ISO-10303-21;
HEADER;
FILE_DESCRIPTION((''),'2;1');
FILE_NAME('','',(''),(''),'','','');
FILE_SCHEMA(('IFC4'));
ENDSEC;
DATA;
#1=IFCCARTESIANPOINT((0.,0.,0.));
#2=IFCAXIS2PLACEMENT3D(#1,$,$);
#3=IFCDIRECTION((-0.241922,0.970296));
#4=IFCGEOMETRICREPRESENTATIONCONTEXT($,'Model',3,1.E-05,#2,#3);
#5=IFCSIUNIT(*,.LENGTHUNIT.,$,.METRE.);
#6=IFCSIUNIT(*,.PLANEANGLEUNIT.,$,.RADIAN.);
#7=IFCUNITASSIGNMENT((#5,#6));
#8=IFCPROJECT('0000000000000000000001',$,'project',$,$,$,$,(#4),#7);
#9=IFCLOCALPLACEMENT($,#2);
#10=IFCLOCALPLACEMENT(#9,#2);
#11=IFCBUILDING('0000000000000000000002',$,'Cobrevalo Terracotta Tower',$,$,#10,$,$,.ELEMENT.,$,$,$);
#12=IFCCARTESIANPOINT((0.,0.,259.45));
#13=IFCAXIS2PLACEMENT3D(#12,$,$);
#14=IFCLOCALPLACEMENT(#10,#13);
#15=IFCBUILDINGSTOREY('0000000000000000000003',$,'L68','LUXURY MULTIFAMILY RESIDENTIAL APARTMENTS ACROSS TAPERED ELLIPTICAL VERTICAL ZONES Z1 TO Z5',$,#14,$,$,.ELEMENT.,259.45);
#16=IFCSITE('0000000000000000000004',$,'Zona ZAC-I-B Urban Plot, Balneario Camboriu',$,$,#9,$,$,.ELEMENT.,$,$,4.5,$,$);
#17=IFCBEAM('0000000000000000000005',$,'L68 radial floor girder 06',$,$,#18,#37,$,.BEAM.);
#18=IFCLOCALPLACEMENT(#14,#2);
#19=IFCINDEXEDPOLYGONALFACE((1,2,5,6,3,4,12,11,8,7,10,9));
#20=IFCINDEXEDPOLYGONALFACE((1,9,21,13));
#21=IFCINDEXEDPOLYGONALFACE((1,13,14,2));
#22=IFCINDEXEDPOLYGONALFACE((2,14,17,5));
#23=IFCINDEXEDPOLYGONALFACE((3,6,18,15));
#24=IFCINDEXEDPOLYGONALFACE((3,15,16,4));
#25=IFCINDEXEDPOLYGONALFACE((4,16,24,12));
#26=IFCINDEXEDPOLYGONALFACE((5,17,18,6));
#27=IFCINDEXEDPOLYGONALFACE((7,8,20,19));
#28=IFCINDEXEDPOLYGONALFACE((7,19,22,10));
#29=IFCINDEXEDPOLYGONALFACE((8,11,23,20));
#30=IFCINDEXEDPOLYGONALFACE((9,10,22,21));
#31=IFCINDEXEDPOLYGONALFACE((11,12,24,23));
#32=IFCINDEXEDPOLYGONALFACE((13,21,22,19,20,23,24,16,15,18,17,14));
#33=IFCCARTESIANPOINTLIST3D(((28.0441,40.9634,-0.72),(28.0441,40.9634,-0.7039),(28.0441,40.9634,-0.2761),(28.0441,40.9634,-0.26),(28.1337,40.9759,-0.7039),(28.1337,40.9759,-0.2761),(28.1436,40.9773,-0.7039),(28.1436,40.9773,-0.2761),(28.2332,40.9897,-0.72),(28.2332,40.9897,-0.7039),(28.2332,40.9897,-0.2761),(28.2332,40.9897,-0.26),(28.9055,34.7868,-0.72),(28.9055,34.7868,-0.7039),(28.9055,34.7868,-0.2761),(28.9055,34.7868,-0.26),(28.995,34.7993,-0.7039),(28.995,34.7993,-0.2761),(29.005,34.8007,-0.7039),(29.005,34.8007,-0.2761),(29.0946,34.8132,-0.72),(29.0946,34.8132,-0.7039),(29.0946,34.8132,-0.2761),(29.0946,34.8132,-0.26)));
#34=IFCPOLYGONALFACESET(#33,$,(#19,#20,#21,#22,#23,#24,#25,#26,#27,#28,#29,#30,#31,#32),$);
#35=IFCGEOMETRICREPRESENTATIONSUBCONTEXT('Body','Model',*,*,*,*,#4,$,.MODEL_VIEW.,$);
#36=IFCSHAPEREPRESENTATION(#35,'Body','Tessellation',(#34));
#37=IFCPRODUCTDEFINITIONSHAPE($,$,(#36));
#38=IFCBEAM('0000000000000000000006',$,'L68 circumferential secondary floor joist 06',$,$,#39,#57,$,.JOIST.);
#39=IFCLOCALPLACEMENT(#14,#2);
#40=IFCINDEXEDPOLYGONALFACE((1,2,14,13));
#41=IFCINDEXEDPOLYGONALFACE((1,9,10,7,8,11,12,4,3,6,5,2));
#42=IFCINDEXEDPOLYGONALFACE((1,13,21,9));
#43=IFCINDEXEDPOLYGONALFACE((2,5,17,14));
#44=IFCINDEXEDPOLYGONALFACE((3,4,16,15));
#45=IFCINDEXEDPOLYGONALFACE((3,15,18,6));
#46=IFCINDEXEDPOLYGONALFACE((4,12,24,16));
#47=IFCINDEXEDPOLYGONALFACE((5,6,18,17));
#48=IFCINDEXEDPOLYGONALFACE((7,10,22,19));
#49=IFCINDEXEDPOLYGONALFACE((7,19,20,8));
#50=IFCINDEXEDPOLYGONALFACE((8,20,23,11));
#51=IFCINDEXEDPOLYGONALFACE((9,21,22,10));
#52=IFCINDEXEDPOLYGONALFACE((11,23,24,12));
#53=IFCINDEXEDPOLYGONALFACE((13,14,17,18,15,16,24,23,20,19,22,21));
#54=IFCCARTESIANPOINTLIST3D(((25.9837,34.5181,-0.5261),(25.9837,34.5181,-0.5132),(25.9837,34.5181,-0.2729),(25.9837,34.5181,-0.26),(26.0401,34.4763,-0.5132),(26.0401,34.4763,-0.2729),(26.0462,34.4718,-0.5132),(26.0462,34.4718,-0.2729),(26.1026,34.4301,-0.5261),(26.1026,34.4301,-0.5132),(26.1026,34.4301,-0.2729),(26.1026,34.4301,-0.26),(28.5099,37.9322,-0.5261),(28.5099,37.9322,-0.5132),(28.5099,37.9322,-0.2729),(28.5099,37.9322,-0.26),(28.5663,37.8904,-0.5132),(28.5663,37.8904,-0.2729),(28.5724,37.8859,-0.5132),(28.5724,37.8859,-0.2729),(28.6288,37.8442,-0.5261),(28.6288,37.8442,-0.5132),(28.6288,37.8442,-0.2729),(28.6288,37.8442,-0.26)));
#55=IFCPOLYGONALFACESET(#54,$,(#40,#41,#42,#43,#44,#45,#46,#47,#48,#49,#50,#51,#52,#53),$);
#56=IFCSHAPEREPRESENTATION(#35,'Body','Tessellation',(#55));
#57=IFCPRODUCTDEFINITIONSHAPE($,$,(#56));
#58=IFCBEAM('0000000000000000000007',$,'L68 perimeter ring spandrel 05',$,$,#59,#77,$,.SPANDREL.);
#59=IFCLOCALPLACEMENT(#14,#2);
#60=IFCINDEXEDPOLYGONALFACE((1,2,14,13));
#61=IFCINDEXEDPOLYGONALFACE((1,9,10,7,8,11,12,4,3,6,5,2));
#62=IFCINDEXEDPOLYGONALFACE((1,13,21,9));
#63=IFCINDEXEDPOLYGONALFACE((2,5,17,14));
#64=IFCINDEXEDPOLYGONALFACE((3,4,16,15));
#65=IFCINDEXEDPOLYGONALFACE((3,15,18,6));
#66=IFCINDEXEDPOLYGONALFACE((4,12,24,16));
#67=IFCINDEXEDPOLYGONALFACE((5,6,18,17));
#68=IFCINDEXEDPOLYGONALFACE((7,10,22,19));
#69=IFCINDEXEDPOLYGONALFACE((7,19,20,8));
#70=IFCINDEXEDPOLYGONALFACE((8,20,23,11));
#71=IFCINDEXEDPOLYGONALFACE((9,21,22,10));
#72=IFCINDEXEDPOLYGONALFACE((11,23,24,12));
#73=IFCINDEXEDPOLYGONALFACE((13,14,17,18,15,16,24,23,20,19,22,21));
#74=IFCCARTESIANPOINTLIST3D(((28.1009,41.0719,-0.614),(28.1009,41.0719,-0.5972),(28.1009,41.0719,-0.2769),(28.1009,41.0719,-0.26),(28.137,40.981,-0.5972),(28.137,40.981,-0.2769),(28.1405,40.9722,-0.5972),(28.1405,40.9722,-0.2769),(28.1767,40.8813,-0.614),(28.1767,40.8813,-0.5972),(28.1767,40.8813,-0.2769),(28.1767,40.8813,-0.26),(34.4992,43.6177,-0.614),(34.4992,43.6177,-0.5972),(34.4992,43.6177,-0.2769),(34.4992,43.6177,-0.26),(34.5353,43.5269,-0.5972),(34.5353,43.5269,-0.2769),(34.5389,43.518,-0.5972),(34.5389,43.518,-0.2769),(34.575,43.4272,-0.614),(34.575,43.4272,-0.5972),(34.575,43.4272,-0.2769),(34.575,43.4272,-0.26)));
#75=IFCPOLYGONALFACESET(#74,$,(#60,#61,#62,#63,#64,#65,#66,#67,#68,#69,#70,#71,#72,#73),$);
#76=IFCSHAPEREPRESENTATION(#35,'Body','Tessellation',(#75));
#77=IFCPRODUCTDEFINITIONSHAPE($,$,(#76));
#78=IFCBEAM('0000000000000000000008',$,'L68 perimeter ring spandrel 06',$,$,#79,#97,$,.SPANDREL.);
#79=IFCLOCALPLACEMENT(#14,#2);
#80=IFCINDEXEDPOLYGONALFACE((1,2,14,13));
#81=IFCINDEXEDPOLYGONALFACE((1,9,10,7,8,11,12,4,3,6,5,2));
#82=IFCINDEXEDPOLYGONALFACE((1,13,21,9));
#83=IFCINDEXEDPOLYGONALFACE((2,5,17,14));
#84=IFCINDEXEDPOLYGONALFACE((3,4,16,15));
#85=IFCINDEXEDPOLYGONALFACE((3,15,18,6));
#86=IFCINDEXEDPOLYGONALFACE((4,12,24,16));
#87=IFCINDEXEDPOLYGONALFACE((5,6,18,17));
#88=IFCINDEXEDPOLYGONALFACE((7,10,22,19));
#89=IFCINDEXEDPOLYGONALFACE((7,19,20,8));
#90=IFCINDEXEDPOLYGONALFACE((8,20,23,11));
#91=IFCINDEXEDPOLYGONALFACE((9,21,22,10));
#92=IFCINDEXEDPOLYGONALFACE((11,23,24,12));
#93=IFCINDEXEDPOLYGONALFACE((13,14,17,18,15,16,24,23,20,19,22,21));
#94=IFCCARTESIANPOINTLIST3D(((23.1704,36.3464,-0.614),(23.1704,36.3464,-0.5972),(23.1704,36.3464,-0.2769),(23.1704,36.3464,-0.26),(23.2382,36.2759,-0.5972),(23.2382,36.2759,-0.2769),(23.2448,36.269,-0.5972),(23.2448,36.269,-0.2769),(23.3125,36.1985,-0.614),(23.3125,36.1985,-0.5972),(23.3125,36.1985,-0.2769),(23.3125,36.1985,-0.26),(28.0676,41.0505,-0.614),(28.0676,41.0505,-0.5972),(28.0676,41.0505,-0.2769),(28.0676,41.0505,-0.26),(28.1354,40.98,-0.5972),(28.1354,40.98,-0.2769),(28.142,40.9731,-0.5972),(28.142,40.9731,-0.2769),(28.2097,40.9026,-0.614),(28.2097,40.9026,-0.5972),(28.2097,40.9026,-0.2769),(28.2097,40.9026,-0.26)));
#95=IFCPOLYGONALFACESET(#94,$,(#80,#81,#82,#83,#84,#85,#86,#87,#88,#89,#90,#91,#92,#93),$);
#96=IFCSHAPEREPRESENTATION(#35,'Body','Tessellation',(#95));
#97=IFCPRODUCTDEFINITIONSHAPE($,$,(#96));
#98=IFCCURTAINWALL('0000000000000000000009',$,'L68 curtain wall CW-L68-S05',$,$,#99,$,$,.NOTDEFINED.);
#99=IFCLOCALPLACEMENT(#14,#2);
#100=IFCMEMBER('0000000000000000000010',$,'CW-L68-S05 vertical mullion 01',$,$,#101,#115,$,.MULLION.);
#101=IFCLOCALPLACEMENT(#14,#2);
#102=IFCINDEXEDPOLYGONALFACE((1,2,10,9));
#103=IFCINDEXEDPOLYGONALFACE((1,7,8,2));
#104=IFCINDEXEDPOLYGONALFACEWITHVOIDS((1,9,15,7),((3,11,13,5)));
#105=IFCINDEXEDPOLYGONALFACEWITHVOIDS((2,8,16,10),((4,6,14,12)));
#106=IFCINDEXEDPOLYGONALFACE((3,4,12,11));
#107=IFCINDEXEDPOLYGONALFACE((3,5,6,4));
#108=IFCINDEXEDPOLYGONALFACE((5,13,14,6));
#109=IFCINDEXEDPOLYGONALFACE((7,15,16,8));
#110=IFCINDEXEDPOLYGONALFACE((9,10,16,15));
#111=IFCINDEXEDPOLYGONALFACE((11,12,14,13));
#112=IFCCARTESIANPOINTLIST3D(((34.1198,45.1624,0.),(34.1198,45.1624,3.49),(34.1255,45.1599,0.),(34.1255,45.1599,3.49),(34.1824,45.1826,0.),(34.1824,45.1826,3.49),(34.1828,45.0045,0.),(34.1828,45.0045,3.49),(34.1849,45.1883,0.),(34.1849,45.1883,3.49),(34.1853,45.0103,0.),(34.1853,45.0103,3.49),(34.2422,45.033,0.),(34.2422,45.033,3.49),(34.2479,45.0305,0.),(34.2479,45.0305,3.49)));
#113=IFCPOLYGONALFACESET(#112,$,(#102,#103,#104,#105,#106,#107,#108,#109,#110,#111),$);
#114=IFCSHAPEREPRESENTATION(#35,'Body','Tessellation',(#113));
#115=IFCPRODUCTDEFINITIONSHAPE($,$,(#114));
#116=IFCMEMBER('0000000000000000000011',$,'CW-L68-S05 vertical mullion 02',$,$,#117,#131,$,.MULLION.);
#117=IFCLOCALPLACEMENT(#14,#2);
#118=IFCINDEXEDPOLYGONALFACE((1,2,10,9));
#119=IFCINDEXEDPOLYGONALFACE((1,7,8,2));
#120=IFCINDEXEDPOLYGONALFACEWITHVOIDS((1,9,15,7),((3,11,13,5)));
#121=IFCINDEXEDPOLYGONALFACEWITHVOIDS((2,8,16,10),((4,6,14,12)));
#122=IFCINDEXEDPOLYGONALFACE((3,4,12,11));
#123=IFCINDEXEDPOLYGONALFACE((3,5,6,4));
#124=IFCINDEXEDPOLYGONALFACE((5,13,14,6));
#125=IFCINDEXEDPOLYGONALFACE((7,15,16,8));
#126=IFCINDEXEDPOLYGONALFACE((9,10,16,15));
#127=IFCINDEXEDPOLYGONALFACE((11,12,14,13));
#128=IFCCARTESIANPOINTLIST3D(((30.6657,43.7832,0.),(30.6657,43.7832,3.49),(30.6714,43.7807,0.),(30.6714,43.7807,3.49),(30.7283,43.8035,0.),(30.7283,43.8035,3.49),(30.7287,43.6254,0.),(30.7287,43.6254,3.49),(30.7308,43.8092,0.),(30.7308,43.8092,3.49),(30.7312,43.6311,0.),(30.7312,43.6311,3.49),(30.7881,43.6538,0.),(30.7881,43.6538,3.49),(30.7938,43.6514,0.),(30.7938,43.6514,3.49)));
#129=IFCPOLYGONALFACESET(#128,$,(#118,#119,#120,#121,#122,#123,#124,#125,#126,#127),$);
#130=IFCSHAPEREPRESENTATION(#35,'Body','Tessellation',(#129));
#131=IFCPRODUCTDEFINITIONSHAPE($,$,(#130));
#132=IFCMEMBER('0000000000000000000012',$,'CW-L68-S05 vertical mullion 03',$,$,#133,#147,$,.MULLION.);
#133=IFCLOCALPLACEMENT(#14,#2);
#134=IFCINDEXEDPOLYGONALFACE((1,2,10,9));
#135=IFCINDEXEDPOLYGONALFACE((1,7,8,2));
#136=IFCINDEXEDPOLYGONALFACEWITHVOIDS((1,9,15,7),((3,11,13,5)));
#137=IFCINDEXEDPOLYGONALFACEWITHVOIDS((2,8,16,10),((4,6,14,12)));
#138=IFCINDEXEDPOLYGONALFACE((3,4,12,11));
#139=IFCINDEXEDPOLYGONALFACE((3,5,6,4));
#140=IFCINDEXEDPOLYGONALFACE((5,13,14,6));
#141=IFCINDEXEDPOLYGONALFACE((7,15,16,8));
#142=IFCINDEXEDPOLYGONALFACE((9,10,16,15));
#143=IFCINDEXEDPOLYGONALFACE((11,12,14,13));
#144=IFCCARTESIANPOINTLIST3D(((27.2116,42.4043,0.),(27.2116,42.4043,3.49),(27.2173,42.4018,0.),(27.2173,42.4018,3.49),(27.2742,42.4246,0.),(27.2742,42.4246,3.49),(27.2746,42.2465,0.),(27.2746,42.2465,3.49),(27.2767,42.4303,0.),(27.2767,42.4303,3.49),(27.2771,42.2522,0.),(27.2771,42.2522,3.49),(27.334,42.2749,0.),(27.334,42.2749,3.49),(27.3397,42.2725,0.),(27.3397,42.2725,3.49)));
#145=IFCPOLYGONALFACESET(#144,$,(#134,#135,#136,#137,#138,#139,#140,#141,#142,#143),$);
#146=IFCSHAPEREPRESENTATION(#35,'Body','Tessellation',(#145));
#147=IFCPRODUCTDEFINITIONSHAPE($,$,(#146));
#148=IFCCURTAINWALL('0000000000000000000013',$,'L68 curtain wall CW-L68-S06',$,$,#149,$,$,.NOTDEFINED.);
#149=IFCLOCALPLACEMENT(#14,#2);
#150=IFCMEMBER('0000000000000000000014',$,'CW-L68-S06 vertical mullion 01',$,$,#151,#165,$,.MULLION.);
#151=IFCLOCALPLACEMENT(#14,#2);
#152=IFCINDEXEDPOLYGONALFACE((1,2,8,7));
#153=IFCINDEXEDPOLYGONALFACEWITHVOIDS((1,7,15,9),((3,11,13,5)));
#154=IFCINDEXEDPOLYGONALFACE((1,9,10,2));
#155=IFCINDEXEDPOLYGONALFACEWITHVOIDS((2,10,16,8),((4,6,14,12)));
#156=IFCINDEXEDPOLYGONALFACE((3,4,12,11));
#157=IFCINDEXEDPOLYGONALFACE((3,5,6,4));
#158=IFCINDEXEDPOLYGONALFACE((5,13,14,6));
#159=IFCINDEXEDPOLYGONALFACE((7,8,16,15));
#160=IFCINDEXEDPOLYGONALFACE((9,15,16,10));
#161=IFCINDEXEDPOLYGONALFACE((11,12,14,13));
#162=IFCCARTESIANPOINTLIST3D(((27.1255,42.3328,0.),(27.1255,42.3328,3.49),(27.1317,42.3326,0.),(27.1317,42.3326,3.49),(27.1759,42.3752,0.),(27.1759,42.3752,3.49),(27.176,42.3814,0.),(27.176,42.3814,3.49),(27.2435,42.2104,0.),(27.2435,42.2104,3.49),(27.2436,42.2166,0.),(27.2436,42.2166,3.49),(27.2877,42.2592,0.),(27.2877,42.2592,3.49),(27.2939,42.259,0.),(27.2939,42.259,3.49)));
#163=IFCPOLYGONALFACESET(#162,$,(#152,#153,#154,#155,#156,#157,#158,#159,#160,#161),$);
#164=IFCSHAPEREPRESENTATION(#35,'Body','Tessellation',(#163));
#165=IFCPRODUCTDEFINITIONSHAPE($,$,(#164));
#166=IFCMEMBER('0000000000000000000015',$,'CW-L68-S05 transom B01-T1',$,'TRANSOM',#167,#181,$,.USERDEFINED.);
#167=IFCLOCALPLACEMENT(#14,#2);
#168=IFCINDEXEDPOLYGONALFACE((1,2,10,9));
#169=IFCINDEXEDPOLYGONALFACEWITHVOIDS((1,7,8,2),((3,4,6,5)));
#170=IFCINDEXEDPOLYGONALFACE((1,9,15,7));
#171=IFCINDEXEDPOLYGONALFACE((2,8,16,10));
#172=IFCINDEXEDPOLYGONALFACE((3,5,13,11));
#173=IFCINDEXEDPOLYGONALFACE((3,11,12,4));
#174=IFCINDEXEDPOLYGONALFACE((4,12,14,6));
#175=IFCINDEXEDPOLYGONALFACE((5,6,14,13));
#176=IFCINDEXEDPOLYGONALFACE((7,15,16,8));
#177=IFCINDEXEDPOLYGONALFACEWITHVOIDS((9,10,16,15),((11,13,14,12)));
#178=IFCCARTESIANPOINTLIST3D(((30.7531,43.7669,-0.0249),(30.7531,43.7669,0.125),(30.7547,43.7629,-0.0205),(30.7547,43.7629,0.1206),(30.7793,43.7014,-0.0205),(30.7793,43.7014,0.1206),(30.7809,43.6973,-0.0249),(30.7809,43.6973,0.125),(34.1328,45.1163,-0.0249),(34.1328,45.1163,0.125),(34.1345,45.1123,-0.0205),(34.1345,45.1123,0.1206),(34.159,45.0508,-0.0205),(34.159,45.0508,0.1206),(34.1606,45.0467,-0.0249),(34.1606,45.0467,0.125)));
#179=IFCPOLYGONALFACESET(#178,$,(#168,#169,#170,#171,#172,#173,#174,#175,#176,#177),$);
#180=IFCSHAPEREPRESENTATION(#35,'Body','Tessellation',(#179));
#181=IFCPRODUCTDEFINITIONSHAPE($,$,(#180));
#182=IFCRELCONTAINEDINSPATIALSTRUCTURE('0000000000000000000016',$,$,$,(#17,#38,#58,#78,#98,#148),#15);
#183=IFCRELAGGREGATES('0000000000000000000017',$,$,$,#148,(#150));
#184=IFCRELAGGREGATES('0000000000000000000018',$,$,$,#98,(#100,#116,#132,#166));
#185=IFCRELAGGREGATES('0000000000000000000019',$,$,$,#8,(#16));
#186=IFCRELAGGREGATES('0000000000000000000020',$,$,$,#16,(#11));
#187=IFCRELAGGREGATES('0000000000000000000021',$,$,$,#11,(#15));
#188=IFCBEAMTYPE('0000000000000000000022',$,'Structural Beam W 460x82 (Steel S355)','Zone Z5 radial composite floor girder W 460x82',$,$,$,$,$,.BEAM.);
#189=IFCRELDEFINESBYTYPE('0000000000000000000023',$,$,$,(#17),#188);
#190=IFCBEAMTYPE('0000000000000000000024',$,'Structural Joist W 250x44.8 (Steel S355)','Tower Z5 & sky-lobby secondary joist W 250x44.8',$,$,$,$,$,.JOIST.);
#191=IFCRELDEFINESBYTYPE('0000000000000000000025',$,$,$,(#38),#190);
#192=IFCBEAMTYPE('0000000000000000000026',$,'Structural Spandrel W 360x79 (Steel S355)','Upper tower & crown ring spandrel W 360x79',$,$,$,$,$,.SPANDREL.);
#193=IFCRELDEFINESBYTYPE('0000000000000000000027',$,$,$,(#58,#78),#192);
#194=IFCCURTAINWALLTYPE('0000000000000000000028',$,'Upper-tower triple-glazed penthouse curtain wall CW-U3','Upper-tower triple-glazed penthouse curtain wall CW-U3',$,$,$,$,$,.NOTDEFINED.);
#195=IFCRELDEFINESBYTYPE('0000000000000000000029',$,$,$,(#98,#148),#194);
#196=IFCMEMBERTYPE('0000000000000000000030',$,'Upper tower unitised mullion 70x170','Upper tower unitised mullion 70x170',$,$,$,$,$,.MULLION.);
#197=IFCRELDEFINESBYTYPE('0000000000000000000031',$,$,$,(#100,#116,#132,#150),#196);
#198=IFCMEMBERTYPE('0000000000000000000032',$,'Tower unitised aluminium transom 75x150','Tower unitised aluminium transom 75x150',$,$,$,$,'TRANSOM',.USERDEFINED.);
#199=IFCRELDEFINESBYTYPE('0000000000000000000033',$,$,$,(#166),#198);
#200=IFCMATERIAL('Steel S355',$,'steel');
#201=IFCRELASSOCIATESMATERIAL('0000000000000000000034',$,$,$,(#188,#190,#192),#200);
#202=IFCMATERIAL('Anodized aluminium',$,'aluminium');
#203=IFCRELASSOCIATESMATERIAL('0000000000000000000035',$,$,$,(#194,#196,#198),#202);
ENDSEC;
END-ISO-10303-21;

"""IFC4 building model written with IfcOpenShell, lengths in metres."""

from ifc_helpers import new_model, si_unit, direction, frame, origin, origin_2d, place, context, subcontext, project, spatial, hollow_rectangle, i_section, extrude, source, transform, mapped, material, material_profile, profile_set, type_object, element, aggregate, save


model = new_model("IFC4")

# Units and contexts
model_context = context("Model", 3, precision=1e-05, world=origin(), true_north=direction((-0.241922, 0.970296)))
body_context = subcontext(model_context, "Body", "Model", "MODEL_VIEW")
ifc_project = project(units=[si_unit("LENGTHUNIT", "METRE"), si_unit("PLANEANGLEUNIT", "RADIAN")], contexts=[model_context])

# Site, building, storey
site_placement = place(None, origin())
site = spatial("IfcSite", under=ifc_project, at=site_placement, Name="Zona ZAC-I-B Urban Plot, Balneario Camboriu", CompositionType="ELEMENT", RefElevation=4.5)
building_placement = place(site_placement, origin())
building = spatial("IfcBuilding", under=site, at=building_placement, Name="Cobrevalo Terracotta Tower", CompositionType="ELEMENT")
storey_placement = place(building_placement, frame((0.0, 0.0, 259.45)))
storey = spatial("IfcBuildingStorey", under=building, at=storey_placement, Name="L68", Description="LUXURY MULTIFAMILY RESIDENTIAL APARTMENTS ACROSS TAPERED ELLIPTICAL VERTICAL ZONES Z1 TO Z5", CompositionType="ELEMENT", Elevation=259.45)

# Shared definitions
ifc_material_1 = material(Name="Steel S355", Category="steel")

# Beams
ifc_material_profile_1 = material_profile(ifc_material_1, i_section(OverallWidth=0.1909, OverallDepth=0.46, WebThickness=0.01, FlangeThickness=0.0161, at=origin_2d()), Name="W 460x82")
ifc_profile_set_1 = profile_set([ifc_material_profile_1], Name="Steel S355")
beam_type_1 = type_object("IfcBeamType", Name="Structural Beam W 460x82 (Steel S355)", Description="Zone Z5 radial composite floor girder W 460x82", PredefinedType="BEAM", material=ifc_profile_set_1)
beam_1_placement = place(storey_placement, frame((28.1387, 40.9766, -0.49), z_axis=(0.138116, -0.990416, 0.0), x_axis=(0.990416, 0.138116, 0.0)))
element("IfcBeam", 1, at=beam_1_placement, inside=storey, type_object=beam_type_1, Name="L68 radial floor girder 06", PredefinedType="BEAM", context=body_context, shape_type="SweptSolid", body=[
    extrude(i_section(OverallWidth=0.1909, OverallDepth=0.46, WebThickness=0.01, FlangeThickness=0.0161, at=origin_2d()), origin(), (0.0, 0.0, 1.0), 6.2363),
])
ifc_material_profile_2 = material_profile(ifc_material_1, i_section(OverallWidth=0.1479, OverallDepth=0.2661, WebThickness=0.0076, FlangeThickness=0.0129, at=origin_2d()), Name="W 250x44.8")
ifc_profile_set_2 = profile_set([ifc_material_profile_2], Name="Steel S355")
beam_type_2 = type_object("IfcBeamType", Name="Structural Joist W 250x44.8 (Steel S355)", Description="Tower Z5 & sky-lobby secondary joist W 250x44.8", PredefinedType="JOIST", material=ifc_profile_set_2)
beam_2_placement = place(storey_placement, frame((28.5693, 37.8882, -0.3931), z_axis=(-0.5948, -0.803874, 0.0), x_axis=(0.803874, -0.5948, 0.0)))
element("IfcBeam", 2, at=beam_2_placement, inside=storey, type_object=beam_type_2, Name="L68 circumferential secondary floor joist 06", PredefinedType="JOIST", context=body_context, shape_type="SweptSolid", body=[
    extrude(i_section(OverallWidth=0.1479, OverallDepth=0.2661, WebThickness=0.0076, FlangeThickness=0.0129, at=origin_2d()), origin(), (0.0, 0.0, 1.0), 4.2471),
])
ifc_material_profile_3 = material_profile(ifc_material_1, i_section(OverallWidth=0.2051, OverallDepth=0.354, WebThickness=0.0095, FlangeThickness=0.0168, at=origin_2d()), Name="W 360x79")
ifc_profile_set_3 = profile_set([ifc_material_profile_3], Name="Steel S355")
beam_type_3 = type_object("IfcBeamType", Name="Structural Spandrel W 360x79 (Steel S355)", Description="Upper tower & crown ring spandrel W 360x79", PredefinedType="SPANDREL", material=ifc_profile_set_3)
beam_3_placement = place(storey_placement, frame((34.5371, 43.5225, -0.437), z_axis=(-0.92915, -0.369703, 0.0), x_axis=(0.369703, -0.92915, 0.0)))
element("IfcBeam", 3, at=beam_3_placement, inside=storey, type_object=beam_type_3, Name="L68 perimeter ring spandrel 05", PredefinedType="SPANDREL", context=body_context, shape_type="SweptSolid", body=[
    extrude(i_section(OverallWidth=0.2051, OverallDepth=0.354, WebThickness=0.0095, FlangeThickness=0.0168, at=origin_2d()), origin(), (0.0, 0.0, 1.0), 6.8862),
])
beam_4_placement = place(storey_placement, frame((28.1387, 40.9766, -0.437), z_axis=(-0.721183, -0.692744, 0.0), x_axis=(0.692744, -0.721183, 0.0)))
element("IfcBeam", 4, at=beam_4_placement, inside=storey, type_object=beam_type_3, Name="L68 perimeter ring spandrel 06", PredefinedType="SPANDREL", context=body_context, shape_type="SweptSolid", body=[
    extrude(i_section(OverallWidth=0.2051, OverallDepth=0.354, WebThickness=0.0095, FlangeThickness=0.0168, at=origin_2d()), origin(), (0.0, 0.0, 1.0), 6.7905),
])

# Curtain wall, members
ifc_material_2 = material(Name="Anodized aluminium", Category="aluminium")
curtain_wall_type = type_object("IfcCurtainWallType", Name="Upper-tower triple-glazed penthouse curtain wall CW-U3", Description="Upper-tower triple-glazed penthouse curtain wall CW-U3", PredefinedType="NOTDEFINED", material=ifc_material_2)
curtain_wall_1_placement = place(storey_placement, origin())
curtain_wall_1 = element("IfcCurtainWall", 5, at=curtain_wall_1_placement, inside=storey, type_object=curtain_wall_type, Name="L68 curtain wall CW-L68-S05", PredefinedType="NOTDEFINED")
ifc_material_profile_4 = material_profile(ifc_material_2, hollow_rectangle(XDim=0.0701, YDim=0.1699, WallThickness=0.0044, at=origin_2d()), Name="CWM 70x170")
ifc_profile_set_4 = profile_set([ifc_material_profile_4], Name="Anodized aluminium")
member_type_1 = type_object("IfcMemberType", Name="Upper tower unitised mullion 70x170", Description="Upper tower unitised mullion 70x170", PredefinedType="MULLION", material=ifc_profile_set_4)
shared_shape_1 = source(origin(), body_context, "Body", "SweptSolid", [
    extrude(hollow_rectangle(XDim=0.0701, YDim=0.1699, WallThickness=0.0044, at=origin_2d()), origin(), (0.0, 0.0, 1.0), 3.49),
])
member_1_placement = place(storey_placement, frame((34.1838, 45.0964, 0.0), z_axis=(0.0, 0.0, 1.0), x_axis=(-0.928719, -0.370784, 0.0)))
member_1 = element("IfcMember", 6, at=member_1_placement, type_object=member_type_1, Name="CW-L68-S05 vertical mullion 01", PredefinedType="MULLION", context=body_context, shape_type="MappedRepresentation", body=[
    mapped(shared_shape_1, transform((0.0, 0.0, 0.0), scale=1.0)),
])
member_2_placement = place(storey_placement, frame((30.7297, 43.7173, 0.0), z_axis=(0.0, 0.0, 1.0), x_axis=(-0.928719, -0.370784, 0.0)))
member_2 = element("IfcMember", 7, at=member_2_placement, type_object=member_type_1, Name="CW-L68-S05 vertical mullion 02", PredefinedType="MULLION", context=body_context, shape_type="MappedRepresentation", body=[
    mapped(shared_shape_1, transform((0.0, 0.0, 0.0), scale=1.0)),
])
member_3_placement = place(storey_placement, frame((27.2756, 42.3384, 0.0), z_axis=(0.0, 0.0, 1.0), x_axis=(-0.928719, -0.370784, 0.0)))
member_3 = element("IfcMember", 8, at=member_3_placement, type_object=member_type_1, Name="CW-L68-S05 vertical mullion 03", PredefinedType="MULLION", context=body_context, shape_type="MappedRepresentation", body=[
    mapped(shared_shape_1, transform((0.0, 0.0, 0.0), scale=1.0)),
])

# Curtain wall, member
curtain_wall_2_placement = place(storey_placement, origin())
curtain_wall_2 = element("IfcCurtainWall", 9, at=curtain_wall_2_placement, inside=storey, type_object=curtain_wall_type, Name="L68 curtain wall CW-L68-S06", PredefinedType="NOTDEFINED")
member_4_placement = place(storey_placement, frame((27.2097, 42.2959, 0.0), z_axis=(0.0, 0.0, 1.0), x_axis=(-0.719994, -0.69398, 0.0)))
member_4 = element("IfcMember", 10, at=member_4_placement, type_object=member_type_1, Name="CW-L68-S06 vertical mullion 01", PredefinedType="MULLION", context=body_context, shape_type="MappedRepresentation", body=[
    mapped(shared_shape_1, transform((0.0, 0.0, 0.0), scale=1.0)),
])
aggregate(curtain_wall_2, [member_4])

# Member
ifc_material_profile_5 = material_profile(ifc_material_2, hollow_rectangle(XDim=0.075, YDim=0.1499, WallThickness=0.0044, at=origin_2d()), Name="CWT 75x150")
ifc_profile_set_5 = profile_set([ifc_material_profile_5], Name="Anodized aluminium")
member_type_2 = type_object("IfcMemberType", Name="Tower unitised aluminium transom 75x150", Description="Tower unitised aluminium transom 75x150", ElementType="TRANSOM", PredefinedType="USERDEFINED", material=ifc_profile_set_5)
shared_shape_2 = source(origin(), body_context, "Body", "SweptSolid", [
    extrude(hollow_rectangle(XDim=0.075, YDim=0.1499, WallThickness=0.0044, at=origin_2d()), origin(), (0.0, 0.0, 1.0), 3.6392),
])
member_5_placement = place(storey_placement, frame((34.1467, 45.0815, 0.05), z_axis=(-0.928712, -0.370801, 0.0), x_axis=(0.370801, -0.928712, 0.0)))
member_5 = element("IfcMember", 11, at=member_5_placement, type_object=member_type_2, Name="CW-L68-S05 transom B01-T1", ObjectType="TRANSOM", PredefinedType="USERDEFINED", context=body_context, shape_type="MappedRepresentation", body=[
    mapped(shared_shape_2, transform((0.0, 0.0, 0.0), scale=1.0)),
])

aggregate(curtain_wall_1, [member_1, member_2, member_3, member_5])

save(model, "model.ifc")
